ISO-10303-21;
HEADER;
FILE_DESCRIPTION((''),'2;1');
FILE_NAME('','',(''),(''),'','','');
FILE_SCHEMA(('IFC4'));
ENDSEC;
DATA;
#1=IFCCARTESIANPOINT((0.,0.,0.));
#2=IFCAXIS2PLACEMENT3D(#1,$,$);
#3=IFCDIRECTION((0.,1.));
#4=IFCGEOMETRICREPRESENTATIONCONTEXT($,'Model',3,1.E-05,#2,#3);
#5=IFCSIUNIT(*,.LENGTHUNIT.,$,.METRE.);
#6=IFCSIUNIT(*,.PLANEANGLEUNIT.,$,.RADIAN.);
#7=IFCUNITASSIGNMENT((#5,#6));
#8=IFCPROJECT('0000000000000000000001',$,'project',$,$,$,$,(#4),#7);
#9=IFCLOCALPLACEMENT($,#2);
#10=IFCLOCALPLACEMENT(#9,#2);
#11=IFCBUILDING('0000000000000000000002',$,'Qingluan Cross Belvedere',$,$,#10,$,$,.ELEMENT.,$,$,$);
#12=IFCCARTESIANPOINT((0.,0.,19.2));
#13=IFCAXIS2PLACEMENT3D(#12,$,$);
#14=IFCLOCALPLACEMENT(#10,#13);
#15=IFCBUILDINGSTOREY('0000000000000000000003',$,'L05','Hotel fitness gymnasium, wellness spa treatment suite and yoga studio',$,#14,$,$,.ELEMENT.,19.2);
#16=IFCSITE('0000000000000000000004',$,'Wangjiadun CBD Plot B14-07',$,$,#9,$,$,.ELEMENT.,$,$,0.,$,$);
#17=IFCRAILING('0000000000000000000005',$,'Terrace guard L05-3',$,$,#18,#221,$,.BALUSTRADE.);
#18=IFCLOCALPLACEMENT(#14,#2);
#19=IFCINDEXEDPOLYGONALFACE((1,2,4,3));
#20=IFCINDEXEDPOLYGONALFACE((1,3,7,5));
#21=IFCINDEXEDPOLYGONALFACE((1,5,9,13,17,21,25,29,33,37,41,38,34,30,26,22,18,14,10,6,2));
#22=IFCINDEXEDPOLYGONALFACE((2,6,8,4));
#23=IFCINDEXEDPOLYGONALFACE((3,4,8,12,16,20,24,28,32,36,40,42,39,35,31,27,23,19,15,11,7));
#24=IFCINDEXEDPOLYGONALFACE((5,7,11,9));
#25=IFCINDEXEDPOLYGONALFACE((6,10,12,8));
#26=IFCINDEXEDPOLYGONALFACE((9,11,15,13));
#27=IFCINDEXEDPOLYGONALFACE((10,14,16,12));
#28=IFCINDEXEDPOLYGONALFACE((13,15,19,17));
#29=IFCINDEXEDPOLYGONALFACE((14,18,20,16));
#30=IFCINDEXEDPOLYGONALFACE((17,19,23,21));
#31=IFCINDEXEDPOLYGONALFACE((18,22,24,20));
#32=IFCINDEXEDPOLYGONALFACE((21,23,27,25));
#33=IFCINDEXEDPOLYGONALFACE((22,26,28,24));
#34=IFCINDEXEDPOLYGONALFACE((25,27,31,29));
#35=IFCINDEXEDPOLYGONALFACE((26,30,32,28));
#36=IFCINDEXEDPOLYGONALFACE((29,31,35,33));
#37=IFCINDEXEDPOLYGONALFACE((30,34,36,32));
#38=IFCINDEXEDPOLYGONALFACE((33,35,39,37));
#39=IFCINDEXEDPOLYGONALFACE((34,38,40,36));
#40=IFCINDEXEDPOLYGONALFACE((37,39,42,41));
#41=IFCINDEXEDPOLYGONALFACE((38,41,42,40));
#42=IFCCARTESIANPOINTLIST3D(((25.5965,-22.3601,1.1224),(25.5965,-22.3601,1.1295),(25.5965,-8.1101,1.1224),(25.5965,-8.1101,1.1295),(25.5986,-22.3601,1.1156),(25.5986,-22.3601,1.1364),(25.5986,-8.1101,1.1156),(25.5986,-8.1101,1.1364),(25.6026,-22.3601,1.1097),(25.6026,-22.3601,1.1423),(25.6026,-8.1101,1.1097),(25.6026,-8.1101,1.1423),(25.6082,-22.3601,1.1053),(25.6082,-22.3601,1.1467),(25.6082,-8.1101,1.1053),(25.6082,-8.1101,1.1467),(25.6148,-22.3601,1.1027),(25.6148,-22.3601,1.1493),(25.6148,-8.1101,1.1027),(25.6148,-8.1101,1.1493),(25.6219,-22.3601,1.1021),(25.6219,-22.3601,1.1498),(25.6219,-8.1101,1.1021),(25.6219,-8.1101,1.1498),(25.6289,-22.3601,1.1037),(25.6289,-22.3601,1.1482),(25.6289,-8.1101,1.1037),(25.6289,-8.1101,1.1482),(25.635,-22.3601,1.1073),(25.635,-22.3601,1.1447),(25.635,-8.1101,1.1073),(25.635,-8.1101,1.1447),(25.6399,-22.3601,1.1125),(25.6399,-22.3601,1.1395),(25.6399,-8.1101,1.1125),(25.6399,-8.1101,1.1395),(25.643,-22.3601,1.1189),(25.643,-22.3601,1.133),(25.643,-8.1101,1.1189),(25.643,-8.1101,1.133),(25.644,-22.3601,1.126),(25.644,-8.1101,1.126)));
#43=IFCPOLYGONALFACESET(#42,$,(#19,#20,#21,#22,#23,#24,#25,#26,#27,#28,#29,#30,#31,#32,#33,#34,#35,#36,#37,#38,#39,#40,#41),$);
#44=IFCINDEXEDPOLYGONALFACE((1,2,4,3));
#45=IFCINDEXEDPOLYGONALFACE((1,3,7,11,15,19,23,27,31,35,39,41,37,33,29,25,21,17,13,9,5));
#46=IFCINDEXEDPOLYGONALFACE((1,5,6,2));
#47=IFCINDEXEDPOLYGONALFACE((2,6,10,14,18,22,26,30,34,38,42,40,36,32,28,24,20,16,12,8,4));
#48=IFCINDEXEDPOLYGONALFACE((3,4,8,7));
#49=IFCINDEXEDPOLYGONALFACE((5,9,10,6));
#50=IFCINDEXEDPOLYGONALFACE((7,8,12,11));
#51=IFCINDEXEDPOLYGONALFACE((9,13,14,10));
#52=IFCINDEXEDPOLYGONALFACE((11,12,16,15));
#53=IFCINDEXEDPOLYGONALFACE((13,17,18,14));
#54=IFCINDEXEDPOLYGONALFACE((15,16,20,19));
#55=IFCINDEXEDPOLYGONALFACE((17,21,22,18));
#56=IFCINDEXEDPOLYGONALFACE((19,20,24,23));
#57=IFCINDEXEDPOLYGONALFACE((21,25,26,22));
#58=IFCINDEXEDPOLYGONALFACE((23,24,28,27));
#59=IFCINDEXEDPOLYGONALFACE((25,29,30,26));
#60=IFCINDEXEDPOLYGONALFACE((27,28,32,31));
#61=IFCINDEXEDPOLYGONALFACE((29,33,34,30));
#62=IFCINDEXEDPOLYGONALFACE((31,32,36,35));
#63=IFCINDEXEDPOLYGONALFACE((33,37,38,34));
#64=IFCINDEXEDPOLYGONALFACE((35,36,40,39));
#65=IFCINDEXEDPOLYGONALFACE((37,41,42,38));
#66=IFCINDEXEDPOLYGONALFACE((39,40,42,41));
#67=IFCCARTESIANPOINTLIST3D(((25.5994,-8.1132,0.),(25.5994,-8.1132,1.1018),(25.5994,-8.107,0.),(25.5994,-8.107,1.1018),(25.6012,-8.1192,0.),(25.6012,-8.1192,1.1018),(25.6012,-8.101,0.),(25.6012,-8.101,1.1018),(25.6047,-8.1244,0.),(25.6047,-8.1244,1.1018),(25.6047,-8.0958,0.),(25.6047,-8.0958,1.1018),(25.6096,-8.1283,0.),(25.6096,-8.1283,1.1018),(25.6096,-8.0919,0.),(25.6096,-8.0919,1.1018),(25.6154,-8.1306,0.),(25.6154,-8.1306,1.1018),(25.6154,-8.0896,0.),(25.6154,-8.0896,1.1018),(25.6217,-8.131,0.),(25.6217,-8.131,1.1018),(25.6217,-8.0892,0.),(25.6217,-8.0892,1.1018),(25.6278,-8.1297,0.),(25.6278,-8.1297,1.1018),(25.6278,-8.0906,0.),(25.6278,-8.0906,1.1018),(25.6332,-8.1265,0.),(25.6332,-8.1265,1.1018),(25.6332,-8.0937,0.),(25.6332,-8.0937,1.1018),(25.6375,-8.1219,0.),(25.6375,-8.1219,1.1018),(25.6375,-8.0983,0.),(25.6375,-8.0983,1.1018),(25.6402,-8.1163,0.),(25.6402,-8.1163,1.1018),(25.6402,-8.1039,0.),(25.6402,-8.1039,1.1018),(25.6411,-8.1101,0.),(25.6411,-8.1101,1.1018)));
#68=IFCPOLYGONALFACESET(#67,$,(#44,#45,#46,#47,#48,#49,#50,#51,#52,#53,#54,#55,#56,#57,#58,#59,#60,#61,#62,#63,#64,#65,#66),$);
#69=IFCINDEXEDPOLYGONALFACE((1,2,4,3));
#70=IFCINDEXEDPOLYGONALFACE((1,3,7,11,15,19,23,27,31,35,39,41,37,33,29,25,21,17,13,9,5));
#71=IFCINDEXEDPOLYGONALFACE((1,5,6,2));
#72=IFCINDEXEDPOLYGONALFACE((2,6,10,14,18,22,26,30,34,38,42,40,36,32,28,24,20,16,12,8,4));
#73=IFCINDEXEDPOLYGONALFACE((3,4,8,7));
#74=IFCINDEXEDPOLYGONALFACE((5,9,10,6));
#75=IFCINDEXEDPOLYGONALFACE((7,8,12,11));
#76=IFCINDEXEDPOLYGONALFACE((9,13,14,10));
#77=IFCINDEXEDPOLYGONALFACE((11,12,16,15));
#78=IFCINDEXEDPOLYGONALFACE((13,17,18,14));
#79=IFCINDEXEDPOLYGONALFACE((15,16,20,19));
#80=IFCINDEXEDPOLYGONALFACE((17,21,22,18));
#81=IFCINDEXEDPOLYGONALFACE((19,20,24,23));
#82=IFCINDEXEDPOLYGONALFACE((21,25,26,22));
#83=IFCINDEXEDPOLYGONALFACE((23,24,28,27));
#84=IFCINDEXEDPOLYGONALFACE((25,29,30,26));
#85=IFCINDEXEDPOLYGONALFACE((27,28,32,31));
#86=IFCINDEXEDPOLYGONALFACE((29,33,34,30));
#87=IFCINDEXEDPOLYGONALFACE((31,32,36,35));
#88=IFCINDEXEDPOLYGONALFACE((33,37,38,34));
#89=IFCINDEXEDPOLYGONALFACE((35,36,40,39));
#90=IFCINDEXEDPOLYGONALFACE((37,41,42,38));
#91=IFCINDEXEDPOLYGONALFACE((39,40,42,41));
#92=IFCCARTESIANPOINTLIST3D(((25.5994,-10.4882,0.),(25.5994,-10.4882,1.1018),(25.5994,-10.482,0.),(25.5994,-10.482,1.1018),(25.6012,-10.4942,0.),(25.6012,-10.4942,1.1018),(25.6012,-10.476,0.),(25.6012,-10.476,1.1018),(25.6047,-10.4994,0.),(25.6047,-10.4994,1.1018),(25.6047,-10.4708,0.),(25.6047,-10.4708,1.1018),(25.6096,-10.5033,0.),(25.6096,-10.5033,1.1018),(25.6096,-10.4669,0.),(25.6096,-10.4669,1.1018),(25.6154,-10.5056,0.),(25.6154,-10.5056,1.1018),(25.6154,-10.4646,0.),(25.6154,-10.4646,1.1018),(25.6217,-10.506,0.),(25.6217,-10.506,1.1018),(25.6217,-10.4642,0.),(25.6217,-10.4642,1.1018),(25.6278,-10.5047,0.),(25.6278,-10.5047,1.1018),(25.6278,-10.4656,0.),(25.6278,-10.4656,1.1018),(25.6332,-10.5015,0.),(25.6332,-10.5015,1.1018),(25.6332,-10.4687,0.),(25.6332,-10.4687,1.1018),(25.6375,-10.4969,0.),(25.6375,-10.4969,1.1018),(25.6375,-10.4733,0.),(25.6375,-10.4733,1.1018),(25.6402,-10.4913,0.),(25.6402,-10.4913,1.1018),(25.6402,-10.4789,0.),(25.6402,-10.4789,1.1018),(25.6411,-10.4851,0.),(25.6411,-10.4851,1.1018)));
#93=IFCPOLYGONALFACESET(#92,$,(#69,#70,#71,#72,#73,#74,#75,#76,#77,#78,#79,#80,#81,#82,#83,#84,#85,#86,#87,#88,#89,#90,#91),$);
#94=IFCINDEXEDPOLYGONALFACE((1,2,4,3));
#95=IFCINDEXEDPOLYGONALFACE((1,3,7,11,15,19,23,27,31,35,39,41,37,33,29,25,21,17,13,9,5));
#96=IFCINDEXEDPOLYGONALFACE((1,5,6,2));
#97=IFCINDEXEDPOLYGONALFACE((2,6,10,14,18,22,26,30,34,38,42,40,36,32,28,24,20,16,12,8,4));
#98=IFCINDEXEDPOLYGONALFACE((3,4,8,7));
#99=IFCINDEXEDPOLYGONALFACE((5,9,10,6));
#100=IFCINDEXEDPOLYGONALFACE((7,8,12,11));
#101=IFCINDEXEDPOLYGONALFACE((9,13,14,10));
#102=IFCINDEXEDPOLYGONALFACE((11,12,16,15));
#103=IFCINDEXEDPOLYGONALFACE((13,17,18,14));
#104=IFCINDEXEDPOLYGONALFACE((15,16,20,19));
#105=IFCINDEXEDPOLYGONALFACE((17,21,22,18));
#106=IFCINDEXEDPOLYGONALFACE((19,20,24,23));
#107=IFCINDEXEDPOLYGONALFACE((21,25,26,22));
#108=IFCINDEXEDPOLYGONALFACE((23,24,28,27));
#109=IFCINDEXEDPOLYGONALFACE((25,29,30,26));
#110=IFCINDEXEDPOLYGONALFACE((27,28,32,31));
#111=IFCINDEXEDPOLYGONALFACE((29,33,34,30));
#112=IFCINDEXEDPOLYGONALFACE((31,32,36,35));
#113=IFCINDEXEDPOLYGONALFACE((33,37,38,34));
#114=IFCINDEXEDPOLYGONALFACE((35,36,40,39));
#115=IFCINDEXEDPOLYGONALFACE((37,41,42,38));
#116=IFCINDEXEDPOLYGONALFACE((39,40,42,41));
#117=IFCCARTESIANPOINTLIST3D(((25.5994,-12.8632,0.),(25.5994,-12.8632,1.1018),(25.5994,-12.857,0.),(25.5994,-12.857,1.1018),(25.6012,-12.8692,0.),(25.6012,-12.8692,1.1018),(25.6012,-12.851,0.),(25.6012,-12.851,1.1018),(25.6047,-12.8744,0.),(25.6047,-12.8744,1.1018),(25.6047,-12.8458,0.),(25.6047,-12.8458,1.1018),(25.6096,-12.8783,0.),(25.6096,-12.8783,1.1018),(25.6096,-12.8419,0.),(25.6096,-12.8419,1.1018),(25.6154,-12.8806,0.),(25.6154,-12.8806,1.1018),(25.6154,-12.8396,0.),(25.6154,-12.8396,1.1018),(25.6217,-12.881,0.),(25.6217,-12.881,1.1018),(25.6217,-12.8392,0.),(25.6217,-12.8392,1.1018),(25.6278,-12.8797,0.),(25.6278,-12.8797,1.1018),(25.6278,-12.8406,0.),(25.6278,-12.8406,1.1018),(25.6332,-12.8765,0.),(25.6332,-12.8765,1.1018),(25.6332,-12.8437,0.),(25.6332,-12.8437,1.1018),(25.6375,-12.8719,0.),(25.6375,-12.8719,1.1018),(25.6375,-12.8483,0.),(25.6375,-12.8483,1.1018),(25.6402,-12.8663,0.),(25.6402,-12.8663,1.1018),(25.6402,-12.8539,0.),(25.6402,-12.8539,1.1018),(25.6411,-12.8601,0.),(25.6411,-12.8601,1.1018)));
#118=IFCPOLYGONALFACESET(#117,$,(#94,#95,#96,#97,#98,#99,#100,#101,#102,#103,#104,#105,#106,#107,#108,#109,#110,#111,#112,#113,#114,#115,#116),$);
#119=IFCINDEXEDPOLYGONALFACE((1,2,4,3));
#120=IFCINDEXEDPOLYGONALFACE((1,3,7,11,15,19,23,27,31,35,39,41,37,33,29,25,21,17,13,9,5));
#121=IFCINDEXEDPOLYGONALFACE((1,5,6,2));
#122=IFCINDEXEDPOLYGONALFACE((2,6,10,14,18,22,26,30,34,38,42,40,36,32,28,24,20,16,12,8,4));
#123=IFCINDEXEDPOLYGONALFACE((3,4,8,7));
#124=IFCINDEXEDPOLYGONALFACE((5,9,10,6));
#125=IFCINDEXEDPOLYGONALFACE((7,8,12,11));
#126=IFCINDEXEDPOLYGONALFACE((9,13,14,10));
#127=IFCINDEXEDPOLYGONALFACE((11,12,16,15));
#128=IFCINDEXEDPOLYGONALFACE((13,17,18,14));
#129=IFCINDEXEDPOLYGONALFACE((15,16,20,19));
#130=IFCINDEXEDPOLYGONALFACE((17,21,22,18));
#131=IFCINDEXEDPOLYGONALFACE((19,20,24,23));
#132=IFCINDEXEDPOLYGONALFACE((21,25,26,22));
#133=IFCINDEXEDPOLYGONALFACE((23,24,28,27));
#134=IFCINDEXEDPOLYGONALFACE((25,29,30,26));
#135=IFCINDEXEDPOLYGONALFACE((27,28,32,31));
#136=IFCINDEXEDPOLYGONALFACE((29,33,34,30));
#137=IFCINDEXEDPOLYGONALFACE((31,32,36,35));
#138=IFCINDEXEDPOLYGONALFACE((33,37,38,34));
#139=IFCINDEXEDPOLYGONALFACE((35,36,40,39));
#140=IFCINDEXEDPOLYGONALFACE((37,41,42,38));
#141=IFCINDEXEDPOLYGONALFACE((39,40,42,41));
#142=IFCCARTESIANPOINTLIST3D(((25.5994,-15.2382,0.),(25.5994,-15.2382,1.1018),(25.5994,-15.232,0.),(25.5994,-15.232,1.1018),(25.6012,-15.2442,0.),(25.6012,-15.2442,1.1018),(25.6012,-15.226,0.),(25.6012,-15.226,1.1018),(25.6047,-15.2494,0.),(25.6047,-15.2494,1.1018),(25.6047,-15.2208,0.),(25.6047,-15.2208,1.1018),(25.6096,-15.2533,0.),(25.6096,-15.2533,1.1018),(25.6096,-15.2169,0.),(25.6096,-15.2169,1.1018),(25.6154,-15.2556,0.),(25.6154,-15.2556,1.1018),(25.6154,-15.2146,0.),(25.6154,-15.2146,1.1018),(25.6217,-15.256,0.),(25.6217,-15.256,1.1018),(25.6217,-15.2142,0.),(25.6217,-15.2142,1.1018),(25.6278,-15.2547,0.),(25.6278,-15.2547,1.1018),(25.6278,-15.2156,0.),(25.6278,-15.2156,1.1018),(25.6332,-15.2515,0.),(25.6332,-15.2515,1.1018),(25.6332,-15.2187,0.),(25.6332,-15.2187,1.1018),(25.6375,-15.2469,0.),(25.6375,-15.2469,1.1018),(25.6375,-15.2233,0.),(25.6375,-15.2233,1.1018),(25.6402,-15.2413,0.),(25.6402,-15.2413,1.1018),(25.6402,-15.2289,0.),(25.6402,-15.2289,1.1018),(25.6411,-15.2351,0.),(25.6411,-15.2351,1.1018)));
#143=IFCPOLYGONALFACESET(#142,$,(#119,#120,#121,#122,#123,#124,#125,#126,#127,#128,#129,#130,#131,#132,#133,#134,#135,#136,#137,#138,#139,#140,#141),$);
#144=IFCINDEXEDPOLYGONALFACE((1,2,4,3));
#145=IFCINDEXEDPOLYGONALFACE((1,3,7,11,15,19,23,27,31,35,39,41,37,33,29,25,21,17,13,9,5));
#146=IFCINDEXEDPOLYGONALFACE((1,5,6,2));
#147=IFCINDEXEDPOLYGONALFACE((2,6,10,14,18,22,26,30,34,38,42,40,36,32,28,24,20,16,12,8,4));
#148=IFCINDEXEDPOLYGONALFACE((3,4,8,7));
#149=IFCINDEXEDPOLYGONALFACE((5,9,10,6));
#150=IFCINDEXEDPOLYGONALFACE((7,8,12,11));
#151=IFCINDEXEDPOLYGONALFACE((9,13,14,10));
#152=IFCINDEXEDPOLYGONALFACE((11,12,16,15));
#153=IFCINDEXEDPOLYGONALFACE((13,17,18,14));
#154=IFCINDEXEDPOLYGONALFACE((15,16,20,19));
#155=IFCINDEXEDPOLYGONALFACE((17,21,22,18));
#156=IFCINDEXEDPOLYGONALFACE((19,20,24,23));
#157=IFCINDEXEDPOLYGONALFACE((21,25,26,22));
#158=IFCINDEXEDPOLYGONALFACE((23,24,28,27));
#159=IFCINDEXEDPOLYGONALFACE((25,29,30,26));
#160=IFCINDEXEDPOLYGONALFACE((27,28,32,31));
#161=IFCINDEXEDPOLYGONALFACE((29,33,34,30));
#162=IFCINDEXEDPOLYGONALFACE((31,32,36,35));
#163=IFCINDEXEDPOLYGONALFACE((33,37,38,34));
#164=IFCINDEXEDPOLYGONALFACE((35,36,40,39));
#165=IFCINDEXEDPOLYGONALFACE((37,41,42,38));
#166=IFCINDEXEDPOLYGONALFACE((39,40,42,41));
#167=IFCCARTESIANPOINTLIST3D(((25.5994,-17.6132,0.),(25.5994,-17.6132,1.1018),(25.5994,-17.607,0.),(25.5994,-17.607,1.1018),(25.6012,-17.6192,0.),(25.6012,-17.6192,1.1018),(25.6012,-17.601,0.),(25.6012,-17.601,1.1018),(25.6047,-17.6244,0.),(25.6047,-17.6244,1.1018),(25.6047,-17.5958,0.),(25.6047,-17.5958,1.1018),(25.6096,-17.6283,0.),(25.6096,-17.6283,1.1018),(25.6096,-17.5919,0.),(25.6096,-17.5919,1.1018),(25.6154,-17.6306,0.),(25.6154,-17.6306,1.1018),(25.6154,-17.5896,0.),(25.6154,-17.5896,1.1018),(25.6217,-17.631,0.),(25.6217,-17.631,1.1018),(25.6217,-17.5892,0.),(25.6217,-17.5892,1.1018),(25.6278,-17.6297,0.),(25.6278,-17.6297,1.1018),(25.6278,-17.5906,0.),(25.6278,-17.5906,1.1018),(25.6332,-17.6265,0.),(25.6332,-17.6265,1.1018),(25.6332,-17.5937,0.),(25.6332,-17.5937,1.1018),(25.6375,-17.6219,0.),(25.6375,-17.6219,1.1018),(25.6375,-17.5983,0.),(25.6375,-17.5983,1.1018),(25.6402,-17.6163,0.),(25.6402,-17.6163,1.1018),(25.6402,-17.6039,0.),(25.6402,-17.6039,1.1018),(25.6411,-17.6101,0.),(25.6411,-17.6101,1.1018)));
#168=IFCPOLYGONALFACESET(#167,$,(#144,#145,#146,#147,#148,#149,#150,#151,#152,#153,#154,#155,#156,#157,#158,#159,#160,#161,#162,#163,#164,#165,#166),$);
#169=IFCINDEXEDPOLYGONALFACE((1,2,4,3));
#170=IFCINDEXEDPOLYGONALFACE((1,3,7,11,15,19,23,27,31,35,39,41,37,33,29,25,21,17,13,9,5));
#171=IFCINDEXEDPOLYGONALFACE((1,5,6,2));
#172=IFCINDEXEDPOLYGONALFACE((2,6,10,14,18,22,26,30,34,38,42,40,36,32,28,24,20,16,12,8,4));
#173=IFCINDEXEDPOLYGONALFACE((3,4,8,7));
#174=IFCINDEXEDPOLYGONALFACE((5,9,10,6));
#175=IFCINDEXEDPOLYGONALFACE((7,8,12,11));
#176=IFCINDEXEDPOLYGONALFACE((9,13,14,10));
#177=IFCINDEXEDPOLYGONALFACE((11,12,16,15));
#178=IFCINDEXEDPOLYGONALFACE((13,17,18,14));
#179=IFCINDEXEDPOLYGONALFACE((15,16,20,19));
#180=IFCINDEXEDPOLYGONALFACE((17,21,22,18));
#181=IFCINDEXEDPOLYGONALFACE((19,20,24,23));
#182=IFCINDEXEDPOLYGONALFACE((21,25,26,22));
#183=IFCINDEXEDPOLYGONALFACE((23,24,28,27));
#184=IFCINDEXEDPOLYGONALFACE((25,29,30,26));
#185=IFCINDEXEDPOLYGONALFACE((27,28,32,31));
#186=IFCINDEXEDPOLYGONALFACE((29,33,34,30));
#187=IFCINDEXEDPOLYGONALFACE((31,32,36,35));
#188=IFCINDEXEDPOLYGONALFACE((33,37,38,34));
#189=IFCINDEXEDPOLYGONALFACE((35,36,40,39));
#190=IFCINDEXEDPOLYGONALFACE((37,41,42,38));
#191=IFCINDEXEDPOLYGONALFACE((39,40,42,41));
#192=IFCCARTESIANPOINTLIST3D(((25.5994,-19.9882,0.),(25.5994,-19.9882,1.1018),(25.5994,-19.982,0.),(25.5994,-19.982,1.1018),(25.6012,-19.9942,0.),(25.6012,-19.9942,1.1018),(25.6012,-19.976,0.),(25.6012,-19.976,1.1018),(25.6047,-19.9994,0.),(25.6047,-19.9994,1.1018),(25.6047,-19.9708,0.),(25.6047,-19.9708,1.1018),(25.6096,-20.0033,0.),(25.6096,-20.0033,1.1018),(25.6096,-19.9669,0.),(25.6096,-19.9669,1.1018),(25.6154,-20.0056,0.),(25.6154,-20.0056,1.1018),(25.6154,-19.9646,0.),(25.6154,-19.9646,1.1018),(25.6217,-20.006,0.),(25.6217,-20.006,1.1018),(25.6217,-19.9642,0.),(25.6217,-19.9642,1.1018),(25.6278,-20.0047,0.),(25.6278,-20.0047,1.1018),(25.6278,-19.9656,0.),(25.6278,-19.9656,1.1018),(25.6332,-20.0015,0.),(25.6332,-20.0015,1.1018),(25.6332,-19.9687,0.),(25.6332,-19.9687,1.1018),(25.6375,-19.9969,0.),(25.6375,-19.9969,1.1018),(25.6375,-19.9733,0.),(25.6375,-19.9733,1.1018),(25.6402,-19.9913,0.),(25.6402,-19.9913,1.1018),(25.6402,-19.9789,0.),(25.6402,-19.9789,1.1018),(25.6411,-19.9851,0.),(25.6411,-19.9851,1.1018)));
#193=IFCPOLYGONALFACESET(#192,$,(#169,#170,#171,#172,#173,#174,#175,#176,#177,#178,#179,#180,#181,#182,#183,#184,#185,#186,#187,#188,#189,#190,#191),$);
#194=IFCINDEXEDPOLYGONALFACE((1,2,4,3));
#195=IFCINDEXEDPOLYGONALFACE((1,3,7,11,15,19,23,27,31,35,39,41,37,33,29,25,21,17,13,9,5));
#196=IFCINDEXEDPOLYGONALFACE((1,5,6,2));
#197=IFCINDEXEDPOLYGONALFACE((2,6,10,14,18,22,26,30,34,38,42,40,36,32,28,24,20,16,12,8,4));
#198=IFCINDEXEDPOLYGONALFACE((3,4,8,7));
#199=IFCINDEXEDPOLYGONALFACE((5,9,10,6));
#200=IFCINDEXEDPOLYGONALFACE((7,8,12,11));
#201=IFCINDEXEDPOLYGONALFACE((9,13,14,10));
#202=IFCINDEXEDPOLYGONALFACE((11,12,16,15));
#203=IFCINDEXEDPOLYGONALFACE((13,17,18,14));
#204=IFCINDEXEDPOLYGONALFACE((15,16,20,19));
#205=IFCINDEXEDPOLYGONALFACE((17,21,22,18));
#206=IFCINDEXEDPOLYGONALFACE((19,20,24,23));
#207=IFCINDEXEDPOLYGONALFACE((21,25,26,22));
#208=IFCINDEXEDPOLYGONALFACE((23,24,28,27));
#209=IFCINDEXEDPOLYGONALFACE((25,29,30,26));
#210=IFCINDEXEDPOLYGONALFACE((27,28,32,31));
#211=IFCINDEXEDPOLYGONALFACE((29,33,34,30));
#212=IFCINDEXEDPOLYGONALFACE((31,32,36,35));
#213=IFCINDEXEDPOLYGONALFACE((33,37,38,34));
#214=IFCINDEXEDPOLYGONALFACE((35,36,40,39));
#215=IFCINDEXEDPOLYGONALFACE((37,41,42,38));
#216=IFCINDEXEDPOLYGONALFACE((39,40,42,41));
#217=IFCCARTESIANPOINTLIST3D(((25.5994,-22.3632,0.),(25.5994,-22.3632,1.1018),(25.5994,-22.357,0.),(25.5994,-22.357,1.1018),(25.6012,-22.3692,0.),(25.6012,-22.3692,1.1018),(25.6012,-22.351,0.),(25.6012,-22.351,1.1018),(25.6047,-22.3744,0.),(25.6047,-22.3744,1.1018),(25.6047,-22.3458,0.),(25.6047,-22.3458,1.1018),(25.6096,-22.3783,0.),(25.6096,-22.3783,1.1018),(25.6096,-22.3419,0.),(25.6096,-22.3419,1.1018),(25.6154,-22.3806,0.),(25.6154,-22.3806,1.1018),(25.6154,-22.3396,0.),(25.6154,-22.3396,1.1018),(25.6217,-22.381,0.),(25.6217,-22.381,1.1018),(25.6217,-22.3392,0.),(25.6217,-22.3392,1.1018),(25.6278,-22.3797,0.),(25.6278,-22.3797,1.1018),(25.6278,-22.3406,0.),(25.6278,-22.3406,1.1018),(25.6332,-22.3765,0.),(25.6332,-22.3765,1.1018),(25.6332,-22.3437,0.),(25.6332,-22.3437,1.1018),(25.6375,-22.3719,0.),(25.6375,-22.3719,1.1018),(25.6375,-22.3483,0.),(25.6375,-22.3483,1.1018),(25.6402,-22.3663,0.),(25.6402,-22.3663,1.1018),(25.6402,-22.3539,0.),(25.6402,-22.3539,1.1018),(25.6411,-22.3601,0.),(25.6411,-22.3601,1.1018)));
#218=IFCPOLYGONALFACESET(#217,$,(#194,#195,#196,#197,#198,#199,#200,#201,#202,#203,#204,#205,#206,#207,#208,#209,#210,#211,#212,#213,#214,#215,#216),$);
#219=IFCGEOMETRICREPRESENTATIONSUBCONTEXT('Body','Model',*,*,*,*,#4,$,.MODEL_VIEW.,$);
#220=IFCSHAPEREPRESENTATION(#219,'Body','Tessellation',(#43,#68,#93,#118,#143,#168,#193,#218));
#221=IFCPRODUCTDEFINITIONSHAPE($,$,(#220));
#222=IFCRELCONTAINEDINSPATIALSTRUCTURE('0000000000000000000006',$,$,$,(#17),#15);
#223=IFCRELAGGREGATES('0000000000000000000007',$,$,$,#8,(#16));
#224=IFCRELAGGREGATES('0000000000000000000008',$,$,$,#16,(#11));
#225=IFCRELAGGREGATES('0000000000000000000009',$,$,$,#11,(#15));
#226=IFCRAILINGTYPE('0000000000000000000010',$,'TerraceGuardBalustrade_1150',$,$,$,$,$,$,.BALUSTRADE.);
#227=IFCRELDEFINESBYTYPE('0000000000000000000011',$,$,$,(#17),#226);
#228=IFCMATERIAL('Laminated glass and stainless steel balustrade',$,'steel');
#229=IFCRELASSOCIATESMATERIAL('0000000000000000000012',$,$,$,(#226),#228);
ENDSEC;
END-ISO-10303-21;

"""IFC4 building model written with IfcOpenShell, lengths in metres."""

from ifc_helpers import new_model, si_unit, direction, frame, origin, origin_2d, place, context, subcontext, project, spatial, circle, extrude, material, type_object, element, save


model = new_model("IFC4")

# Units and contexts
model_context = context("Model", 3, precision=1e-05, world=origin(), true_north=direction((0.0, 1.0)))
body_context = subcontext(model_context, "Body", "Model", "MODEL_VIEW")
ifc_project = project(units=[si_unit("LENGTHUNIT", "METRE"), si_unit("PLANEANGLEUNIT", "RADIAN")], contexts=[model_context])

# Site, building, storey
site_placement = place(None, origin())
site = spatial("IfcSite", under=ifc_project, at=site_placement, Name="Wangjiadun CBD Plot B14-07", CompositionType="ELEMENT", RefElevation=0.0)
building_placement = place(site_placement, origin())
building = spatial("IfcBuilding", under=site, at=building_placement, Name="Qingluan Cross Belvedere", CompositionType="ELEMENT")
storey_placement = place(building_placement, frame((0.0, 0.0, 19.2)))
storey = spatial("IfcBuildingStorey", under=building, at=storey_placement, Name="L05", Description="Hotel fitness gymnasium, wellness spa treatment suite and yoga studio", CompositionType="ELEMENT", Elevation=19.2)

# Railing
ifc_material_1 = material(Name="Laminated glass and stainless steel balustrade", Category="steel")
railing_type = type_object("IfcRailingType", Name="TerraceGuardBalustrade_1150", PredefinedType="BALUSTRADE", material=ifc_material_1)
railing_1_placement = place(storey_placement, frame((25.6201, -8.1101, 0.0)))
element("IfcRailing", 1, at=railing_1_placement, inside=storey, type_object=railing_type, Name="Terrace guard L05-3", PredefinedType="BALUSTRADE", context=body_context, shape_type="SweptSolid", body=[
    extrude(circle(Radius=0.0239, at=origin_2d()), frame((0.0, 0.0, 1.126), z_axis=(0.0, -1.0, 0.0), x_axis=(1.0, 0.0, 0.0)), (0.0, 0.0, 1.0), 14.25),
    extrude(circle(Radius=0.021, at=origin_2d()), origin(), (0.0, 0.0, 1.0), 1.1018),
    extrude(circle(Radius=0.021, at=origin_2d()), frame((0.0, -2.375, 0.0)), (0.0, 0.0, 1.0), 1.1018),
    extrude(circle(Radius=0.021, at=origin_2d()), frame((0.0, -4.75, 0.0)), (0.0, 0.0, 1.0), 1.1018),
    extrude(circle(Radius=0.021, at=origin_2d()), frame((0.0, -7.125, 0.0)), (0.0, 0.0, 1.0), 1.1018),
    extrude(circle(Radius=0.021, at=origin_2d()), frame((0.0, -9.5, 0.0)), (0.0, 0.0, 1.0), 1.1018),
    extrude(circle(Radius=0.021, at=origin_2d()), frame((0.0, -11.875, 0.0)), (0.0, 0.0, 1.0), 1.1018),
    extrude(circle(Radius=0.021, at=origin_2d()), frame((0.0, -14.25, 0.0)), (0.0, 0.0, 1.0), 1.1018),
])

save(model, "model.ifc")
